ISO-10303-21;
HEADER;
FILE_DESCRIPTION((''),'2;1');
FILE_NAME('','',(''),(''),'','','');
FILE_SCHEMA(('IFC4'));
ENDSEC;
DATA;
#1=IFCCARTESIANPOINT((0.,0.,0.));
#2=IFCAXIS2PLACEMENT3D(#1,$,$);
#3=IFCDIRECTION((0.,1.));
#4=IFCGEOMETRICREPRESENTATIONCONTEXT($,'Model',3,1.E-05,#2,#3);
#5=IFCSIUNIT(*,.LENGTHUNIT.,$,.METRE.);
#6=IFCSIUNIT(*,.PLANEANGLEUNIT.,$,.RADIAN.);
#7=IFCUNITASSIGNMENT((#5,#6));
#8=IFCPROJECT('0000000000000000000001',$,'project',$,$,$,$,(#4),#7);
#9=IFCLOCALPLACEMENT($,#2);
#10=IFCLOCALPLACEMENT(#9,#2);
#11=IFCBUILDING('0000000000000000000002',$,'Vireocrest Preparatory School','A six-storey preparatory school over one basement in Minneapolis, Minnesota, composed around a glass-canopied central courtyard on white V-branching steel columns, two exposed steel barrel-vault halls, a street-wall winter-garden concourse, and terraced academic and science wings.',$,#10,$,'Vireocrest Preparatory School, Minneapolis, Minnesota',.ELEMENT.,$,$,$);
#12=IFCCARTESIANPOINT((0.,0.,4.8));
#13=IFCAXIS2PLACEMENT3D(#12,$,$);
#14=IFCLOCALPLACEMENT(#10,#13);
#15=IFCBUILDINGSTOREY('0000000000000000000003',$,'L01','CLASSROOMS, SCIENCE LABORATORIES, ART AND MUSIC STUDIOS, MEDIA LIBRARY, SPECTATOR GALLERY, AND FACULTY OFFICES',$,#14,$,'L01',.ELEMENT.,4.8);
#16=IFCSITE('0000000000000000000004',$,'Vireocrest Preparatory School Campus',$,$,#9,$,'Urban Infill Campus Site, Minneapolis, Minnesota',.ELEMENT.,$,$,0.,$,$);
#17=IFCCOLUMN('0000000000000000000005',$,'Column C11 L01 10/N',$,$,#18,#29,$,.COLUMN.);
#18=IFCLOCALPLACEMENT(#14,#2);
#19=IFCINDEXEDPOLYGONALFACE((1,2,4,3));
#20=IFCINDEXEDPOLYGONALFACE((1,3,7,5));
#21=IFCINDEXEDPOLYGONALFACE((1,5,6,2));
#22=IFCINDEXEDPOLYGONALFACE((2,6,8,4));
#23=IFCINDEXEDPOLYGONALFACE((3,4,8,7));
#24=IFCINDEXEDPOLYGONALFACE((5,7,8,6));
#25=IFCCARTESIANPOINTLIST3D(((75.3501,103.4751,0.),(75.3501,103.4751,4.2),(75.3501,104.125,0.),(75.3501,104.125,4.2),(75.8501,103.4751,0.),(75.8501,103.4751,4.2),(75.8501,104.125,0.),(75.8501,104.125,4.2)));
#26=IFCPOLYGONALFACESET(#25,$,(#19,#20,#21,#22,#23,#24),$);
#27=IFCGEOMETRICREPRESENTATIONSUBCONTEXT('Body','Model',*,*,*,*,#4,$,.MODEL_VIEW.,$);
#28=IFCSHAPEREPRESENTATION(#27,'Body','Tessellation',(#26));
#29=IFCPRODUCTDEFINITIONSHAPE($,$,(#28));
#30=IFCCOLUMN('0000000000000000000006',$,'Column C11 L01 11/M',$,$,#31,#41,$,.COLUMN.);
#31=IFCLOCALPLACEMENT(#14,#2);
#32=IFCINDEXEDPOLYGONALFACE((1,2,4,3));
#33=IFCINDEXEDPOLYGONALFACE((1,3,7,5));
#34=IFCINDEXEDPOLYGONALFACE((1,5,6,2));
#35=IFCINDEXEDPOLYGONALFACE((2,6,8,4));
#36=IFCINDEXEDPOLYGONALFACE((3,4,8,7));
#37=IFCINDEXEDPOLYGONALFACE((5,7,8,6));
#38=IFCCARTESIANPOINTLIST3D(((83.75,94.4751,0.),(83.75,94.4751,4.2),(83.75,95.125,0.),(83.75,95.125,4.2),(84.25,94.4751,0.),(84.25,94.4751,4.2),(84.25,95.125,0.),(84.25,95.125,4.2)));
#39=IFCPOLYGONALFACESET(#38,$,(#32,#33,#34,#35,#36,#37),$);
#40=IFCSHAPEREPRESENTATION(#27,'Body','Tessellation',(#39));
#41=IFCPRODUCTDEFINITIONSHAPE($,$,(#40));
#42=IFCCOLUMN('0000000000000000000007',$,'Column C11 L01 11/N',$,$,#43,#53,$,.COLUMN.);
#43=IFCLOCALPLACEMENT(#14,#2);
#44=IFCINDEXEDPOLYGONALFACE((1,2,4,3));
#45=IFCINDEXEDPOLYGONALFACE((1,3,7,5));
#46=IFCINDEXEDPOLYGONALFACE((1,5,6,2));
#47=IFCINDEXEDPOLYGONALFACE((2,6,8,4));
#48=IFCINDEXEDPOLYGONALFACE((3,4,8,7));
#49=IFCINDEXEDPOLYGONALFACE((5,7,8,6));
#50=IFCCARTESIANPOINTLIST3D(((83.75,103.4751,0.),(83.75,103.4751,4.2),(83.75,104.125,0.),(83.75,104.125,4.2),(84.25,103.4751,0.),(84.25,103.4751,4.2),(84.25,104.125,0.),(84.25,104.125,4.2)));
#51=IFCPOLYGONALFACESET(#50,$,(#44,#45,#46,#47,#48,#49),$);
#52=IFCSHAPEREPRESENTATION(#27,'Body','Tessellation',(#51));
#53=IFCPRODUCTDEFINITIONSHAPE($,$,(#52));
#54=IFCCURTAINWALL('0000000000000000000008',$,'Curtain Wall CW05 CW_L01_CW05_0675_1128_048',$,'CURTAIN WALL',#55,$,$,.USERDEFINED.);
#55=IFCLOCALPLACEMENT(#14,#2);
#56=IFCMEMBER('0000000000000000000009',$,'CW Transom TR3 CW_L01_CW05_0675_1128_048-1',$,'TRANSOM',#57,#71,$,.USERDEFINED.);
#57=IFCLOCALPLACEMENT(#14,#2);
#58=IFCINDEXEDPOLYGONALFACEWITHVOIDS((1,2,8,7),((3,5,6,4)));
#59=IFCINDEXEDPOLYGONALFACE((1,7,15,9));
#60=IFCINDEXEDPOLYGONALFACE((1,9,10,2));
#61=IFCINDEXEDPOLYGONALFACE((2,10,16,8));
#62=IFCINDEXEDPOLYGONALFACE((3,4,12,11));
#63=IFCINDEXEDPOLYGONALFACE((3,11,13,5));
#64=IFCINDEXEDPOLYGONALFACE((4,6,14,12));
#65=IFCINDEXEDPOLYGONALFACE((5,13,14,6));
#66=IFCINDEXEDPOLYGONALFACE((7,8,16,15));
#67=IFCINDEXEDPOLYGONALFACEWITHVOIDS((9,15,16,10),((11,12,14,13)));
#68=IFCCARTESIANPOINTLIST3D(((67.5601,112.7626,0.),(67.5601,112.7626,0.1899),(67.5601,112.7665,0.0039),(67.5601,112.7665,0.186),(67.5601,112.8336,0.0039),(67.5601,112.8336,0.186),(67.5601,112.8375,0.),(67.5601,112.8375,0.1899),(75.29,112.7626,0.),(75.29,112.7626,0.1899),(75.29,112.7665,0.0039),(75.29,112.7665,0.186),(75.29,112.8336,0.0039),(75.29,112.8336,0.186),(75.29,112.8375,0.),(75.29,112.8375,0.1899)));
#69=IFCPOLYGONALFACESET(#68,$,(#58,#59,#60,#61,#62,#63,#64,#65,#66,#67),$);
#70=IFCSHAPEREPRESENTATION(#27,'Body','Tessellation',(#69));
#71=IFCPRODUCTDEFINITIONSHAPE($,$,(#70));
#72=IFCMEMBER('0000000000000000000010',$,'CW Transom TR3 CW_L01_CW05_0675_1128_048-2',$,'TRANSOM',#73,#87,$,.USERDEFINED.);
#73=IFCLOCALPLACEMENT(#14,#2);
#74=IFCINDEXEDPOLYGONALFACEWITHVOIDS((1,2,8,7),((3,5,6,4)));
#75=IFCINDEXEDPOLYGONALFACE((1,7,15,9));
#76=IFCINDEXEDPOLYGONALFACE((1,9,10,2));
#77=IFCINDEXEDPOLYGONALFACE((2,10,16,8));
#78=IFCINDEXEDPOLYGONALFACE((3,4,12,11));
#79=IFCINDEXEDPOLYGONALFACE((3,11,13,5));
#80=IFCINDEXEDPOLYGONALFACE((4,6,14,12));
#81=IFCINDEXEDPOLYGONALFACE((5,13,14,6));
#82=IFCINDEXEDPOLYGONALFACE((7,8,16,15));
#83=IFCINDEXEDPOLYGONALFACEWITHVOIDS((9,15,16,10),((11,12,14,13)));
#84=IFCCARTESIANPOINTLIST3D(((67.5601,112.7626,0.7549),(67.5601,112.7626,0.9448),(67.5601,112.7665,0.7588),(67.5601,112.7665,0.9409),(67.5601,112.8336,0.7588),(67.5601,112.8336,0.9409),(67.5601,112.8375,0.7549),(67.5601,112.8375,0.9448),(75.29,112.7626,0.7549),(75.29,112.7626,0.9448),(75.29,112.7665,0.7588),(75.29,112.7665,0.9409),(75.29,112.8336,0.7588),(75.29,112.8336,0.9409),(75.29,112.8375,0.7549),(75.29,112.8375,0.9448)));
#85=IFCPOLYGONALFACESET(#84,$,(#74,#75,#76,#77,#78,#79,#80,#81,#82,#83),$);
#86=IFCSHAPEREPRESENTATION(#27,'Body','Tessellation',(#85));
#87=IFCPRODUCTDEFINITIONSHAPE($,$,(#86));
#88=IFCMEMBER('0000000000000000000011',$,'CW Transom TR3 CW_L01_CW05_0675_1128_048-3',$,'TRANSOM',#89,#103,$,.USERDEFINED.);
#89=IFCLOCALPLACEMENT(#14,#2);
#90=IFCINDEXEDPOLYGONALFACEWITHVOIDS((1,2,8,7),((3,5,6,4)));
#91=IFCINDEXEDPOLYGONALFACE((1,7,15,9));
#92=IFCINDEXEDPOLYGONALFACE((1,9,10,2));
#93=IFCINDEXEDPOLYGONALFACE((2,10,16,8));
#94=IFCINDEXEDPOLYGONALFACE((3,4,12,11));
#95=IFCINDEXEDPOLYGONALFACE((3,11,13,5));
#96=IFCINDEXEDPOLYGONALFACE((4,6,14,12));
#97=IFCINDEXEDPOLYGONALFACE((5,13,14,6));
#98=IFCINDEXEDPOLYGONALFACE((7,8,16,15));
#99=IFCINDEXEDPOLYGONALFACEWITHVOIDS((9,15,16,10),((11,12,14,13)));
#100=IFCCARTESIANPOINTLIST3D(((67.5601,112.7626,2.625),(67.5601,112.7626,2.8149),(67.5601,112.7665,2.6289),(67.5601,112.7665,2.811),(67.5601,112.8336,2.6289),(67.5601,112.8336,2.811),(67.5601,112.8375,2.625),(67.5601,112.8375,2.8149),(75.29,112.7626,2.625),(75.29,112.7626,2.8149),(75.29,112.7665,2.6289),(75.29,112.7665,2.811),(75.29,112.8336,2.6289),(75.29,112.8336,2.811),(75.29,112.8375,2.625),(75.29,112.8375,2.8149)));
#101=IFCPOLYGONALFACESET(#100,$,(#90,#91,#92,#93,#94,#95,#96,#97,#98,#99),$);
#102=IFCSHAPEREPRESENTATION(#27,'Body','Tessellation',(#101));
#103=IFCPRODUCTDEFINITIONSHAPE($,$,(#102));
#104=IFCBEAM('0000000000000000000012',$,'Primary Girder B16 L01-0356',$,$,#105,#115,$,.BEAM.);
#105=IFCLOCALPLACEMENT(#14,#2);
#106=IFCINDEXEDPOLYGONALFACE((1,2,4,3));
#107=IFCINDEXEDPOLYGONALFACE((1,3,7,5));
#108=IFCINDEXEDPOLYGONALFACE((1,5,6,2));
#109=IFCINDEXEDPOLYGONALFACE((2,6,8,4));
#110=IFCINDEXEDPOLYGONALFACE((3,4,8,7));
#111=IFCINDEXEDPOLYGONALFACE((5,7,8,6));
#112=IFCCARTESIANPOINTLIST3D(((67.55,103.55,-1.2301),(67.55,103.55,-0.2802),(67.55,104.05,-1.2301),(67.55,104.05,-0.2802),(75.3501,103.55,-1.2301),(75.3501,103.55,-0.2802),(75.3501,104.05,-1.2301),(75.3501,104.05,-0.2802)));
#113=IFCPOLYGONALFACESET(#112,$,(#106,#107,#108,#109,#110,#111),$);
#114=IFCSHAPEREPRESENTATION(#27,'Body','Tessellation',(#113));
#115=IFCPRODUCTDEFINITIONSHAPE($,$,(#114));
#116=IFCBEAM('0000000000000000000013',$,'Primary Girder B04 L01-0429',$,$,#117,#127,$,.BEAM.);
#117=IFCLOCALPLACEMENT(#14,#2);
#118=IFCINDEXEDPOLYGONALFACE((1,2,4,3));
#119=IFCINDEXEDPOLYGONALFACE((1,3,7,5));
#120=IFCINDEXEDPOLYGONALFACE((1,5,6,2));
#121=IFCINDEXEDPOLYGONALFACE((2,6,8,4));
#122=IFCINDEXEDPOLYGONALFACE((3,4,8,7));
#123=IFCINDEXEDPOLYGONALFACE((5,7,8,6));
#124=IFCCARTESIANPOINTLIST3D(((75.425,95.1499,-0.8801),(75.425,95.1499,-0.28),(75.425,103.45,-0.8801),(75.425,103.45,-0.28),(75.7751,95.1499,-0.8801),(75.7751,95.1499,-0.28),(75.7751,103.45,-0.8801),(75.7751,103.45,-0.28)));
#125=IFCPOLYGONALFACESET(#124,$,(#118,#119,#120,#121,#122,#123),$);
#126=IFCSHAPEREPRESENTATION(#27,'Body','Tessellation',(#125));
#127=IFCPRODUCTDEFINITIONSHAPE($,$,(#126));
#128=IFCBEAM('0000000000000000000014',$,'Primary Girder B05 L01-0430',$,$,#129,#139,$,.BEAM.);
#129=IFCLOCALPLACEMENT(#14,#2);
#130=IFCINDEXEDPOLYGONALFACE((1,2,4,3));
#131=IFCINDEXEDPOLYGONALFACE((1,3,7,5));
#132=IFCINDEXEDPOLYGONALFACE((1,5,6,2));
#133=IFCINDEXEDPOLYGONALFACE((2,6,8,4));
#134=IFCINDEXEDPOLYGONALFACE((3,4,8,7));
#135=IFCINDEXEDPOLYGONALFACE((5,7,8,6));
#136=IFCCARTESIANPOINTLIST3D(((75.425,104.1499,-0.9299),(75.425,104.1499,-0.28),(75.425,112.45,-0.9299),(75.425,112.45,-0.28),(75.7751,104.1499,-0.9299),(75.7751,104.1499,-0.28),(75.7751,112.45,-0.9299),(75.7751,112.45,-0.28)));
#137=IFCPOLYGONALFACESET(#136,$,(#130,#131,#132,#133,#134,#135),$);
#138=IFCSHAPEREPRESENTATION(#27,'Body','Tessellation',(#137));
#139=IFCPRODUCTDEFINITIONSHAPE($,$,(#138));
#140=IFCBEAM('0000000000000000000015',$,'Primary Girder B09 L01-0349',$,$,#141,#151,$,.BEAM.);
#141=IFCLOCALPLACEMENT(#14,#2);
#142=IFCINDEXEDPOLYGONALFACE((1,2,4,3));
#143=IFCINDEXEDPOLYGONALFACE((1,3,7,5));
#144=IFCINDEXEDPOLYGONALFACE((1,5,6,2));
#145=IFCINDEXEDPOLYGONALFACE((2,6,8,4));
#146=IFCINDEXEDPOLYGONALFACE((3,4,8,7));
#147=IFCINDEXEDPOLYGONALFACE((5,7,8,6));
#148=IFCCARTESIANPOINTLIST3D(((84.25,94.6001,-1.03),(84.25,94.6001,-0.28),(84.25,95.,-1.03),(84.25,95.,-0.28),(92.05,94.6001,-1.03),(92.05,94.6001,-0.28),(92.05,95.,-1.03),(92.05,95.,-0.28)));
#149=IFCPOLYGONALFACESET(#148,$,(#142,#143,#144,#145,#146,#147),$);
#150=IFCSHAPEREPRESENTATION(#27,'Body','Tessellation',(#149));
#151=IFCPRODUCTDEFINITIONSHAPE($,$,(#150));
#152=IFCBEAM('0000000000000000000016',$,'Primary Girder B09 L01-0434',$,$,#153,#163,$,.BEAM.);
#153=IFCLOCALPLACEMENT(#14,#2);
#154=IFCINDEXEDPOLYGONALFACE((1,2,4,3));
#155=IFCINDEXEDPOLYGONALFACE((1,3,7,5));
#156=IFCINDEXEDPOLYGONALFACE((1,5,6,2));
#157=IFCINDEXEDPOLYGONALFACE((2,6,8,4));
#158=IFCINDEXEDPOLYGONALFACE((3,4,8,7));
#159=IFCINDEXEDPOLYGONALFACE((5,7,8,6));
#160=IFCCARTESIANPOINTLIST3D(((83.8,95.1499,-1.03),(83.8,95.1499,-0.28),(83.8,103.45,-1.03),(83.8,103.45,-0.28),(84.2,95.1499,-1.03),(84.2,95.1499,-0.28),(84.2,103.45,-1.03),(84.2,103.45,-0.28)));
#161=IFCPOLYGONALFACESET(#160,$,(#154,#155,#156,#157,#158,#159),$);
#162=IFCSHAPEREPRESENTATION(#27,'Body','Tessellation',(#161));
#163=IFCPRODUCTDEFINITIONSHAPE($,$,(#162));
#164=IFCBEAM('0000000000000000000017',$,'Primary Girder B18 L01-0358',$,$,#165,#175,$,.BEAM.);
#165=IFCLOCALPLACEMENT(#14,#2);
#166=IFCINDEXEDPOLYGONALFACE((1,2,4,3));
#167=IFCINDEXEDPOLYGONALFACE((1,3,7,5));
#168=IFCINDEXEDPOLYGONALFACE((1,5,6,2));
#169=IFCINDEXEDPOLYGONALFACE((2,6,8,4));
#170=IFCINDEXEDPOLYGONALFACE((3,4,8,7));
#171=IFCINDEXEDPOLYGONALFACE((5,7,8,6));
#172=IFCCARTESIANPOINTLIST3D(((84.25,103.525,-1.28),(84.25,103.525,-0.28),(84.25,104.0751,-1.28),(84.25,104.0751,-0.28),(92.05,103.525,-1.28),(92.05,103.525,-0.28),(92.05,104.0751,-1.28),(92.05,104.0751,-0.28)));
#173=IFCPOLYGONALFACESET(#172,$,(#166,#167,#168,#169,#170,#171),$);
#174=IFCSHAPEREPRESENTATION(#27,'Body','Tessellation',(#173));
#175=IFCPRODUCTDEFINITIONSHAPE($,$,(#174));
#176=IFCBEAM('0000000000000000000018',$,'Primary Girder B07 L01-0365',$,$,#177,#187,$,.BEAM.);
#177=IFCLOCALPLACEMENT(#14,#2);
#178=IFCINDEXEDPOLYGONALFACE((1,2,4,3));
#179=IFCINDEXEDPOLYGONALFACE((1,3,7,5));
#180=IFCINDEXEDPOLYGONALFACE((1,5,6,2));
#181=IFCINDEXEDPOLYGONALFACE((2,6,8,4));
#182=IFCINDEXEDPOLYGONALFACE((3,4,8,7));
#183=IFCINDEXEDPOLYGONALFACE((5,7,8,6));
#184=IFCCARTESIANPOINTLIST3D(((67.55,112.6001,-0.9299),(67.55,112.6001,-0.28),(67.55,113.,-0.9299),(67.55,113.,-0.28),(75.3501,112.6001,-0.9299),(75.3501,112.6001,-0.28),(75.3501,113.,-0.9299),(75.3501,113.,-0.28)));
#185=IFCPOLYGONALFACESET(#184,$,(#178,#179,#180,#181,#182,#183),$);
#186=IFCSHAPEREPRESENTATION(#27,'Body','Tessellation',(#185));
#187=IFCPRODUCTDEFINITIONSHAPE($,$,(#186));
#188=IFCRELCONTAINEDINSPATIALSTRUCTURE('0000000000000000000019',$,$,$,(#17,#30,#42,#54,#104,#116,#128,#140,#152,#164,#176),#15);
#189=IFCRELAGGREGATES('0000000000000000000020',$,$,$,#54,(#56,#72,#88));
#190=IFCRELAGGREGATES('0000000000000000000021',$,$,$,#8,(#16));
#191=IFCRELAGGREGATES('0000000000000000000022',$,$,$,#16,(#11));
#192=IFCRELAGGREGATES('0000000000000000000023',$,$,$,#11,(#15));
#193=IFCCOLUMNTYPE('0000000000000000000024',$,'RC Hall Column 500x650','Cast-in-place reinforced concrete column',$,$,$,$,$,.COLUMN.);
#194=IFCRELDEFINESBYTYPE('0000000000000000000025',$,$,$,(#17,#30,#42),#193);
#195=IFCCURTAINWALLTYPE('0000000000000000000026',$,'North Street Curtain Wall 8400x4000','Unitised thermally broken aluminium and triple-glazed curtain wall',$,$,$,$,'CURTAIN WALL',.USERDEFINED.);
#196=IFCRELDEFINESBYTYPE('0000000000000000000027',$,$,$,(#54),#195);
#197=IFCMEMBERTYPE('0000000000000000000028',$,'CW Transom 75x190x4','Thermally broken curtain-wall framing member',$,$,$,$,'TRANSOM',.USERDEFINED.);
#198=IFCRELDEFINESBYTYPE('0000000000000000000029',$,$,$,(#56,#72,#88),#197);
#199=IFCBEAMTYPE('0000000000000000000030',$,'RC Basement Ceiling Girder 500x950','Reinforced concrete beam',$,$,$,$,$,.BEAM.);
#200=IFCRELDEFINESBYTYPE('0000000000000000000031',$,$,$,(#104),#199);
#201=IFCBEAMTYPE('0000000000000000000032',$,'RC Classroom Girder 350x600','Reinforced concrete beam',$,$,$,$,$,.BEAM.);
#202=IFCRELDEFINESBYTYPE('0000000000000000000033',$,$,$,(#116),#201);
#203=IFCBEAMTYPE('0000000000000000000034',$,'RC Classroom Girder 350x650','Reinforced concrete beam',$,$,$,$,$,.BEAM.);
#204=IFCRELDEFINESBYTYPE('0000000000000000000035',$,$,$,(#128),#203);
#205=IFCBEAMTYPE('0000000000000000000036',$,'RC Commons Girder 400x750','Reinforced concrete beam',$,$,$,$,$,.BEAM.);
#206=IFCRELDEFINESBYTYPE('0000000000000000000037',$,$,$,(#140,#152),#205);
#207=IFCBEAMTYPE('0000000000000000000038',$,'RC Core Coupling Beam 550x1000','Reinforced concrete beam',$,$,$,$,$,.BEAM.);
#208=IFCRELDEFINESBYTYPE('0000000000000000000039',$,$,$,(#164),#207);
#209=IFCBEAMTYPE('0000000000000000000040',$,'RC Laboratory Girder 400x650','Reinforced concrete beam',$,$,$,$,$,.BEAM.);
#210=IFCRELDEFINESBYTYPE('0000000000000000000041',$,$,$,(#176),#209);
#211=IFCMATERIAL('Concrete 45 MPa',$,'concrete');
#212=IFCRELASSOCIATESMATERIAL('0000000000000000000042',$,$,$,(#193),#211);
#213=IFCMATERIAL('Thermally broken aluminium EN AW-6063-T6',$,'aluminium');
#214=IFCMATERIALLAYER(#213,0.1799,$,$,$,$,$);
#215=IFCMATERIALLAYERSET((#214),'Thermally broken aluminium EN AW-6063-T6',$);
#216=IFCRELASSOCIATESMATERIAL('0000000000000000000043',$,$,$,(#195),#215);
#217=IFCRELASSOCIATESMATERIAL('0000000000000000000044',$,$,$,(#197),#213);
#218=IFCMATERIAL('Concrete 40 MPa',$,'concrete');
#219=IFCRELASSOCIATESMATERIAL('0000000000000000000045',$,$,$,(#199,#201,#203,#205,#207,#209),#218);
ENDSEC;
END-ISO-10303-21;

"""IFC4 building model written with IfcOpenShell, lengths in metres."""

from ifc_helpers import new_model, si_unit, direction, frame, origin, origin_2d, place, context, subcontext, project, spatial, rectangle, hollow_rectangle, extrude, material, layer, layer_set, material_profile, profile_set, type_object, element, aggregate, save


model = new_model("IFC4")

# Units and contexts
model_context = context("Model", 3, precision=1e-05, world=origin(), true_north=direction((0.0, 1.0)))
body_context = subcontext(model_context, "Body", "Model", "MODEL_VIEW")
ifc_project = project(units=[si_unit("LENGTHUNIT", "METRE"), si_unit("PLANEANGLEUNIT", "RADIAN")], contexts=[model_context])

# Site, building, storey
site_placement = place(None, origin())
site = spatial("IfcSite", under=ifc_project, at=site_placement, Name="Vireocrest Preparatory School Campus", LongName="Urban Infill Campus Site, Minneapolis, Minnesota", CompositionType="ELEMENT", RefElevation=0.0)
building_placement = place(site_placement, origin())
building = spatial("IfcBuilding", under=site, at=building_placement, Name="Vireocrest Preparatory School", Description="A six-storey preparatory school over one basement in Minneapolis, Minnesota, composed around a glass-canopied central courtyard on white V-branching steel columns, two exposed steel barrel-vault halls, a street-wall winter-garden concourse, and terraced academic and science wings.", LongName="Vireocrest Preparatory School, Minneapolis, Minnesota", CompositionType="ELEMENT")
storey_placement = place(building_placement, frame((0.0, 0.0, 4.8)))
storey = spatial("IfcBuildingStorey", under=building, at=storey_placement, Name="L01", Description="CLASSROOMS, SCIENCE LABORATORIES, ART AND MUSIC STUDIOS, MEDIA LIBRARY, SPECTATOR GALLERY, AND FACULTY OFFICES", LongName="L01", CompositionType="ELEMENT", Elevation=4.8)

# Columns
ifc_material_1 = material(Name="Concrete 45 MPa", Category="concrete")
ifc_material_profile_1 = material_profile(ifc_material_1, rectangle(XDim=0.5, YDim=0.6499, at=origin_2d()), Name="RC 500x650")
ifc_profile_set_1 = profile_set([ifc_material_profile_1], Name="Concrete 45 MPa")
column_type = type_object("IfcColumnType", Name="RC Hall Column 500x650", Description="Cast-in-place reinforced concrete column", PredefinedType="COLUMN", material=ifc_profile_set_1)
for number, where, z_axis, x_axis, name in (
    (1, (75.6001, 103.8, 0.0), (0.0, 0.0, 1.0), (1.0, 0.0, 0.0), "Column C11 L01 10/N"),
    (2, (84.0, 94.8, 0.0), (0.0, 0.0, 1.0), (1.0, 0.0, 0.0), "Column C11 L01 11/M"),
    (3, (84.0, 103.8, 0.0), (0.0, 0.0, 1.0), (1.0, 0.0, 0.0), "Column C11 L01 11/N"),
):
    element("IfcColumn", number, at=place(storey_placement, frame(where, z_axis=z_axis, x_axis=x_axis)), inside=storey, type_object=column_type, Name=name, PredefinedType="COLUMN", context=body_context, shape_type="SweptSolid", body=[
        extrude(rectangle(XDim=0.5, YDim=0.6499, at=origin_2d()), origin(), (0.0, 0.0, 1.0), 4.2),
    ])

# Curtain wall, members
ifc_material_2 = material(Name="Thermally broken aluminium EN AW-6063-T6", Category="aluminium")
ifc_layer_1 = layer(ifc_material_2, 0.1799)
ifc_layer_set_1 = layer_set([ifc_layer_1], Name="Thermally broken aluminium EN AW-6063-T6")
curtain_wall_type = type_object("IfcCurtainWallType", Name="North Street Curtain Wall 8400x4000", Description="Unitised thermally broken aluminium and triple-glazed curtain wall", ElementType="CURTAIN WALL", PredefinedType="USERDEFINED", material=ifc_layer_set_1)
curtain_wall_placement = place(storey_placement, origin())
curtain_wall = element("IfcCurtainWall", 4, at=curtain_wall_placement, inside=storey, type_object=curtain_wall_type, Name="Curtain Wall CW05 CW_L01_CW05_0675_1128_048", ObjectType="CURTAIN WALL", PredefinedType="USERDEFINED")
ifc_material_profile_2 = material_profile(ifc_material_2, hollow_rectangle(XDim=0.075, YDim=0.1899, WallThickness=0.0039, at=origin_2d()), Name="ALU 75x190x4")
ifc_profile_set_2 = profile_set([ifc_material_profile_2], Name="Thermally broken aluminium EN AW-6063-T6")
member_type = type_object("IfcMemberType", Name="CW Transom 75x190x4", Description="Thermally broken curtain-wall framing member", ElementType="TRANSOM", PredefinedType="USERDEFINED", material=ifc_profile_set_2)
member_1_placement = place(storey_placement, frame((67.5601, 112.8, 0.095), z_axis=(1.0, 0.0, 0.0), x_axis=(0.0, 1.0, 0.0)))
member_1 = element("IfcMember", 5, at=member_1_placement, type_object=member_type, Name="CW Transom TR3 CW_L01_CW05_0675_1128_048-1", ObjectType="TRANSOM", PredefinedType="USERDEFINED", context=body_context, shape_type="SweptSolid", body=[
    extrude(hollow_rectangle(XDim=0.075, YDim=0.1899, WallThickness=0.0039, at=origin_2d()), origin(), (0.0, 0.0, 1.0), 7.73),
])
member_2_placement = place(storey_placement, frame((67.5601, 112.8, 0.8499), z_axis=(1.0, 0.0, 0.0), x_axis=(0.0, 1.0, 0.0)))
member_2 = element("IfcMember", 6, at=member_2_placement, type_object=member_type, Name="CW Transom TR3 CW_L01_CW05_0675_1128_048-2", ObjectType="TRANSOM", PredefinedType="USERDEFINED", context=body_context, shape_type="SweptSolid", body=[
    extrude(hollow_rectangle(XDim=0.075, YDim=0.1899, WallThickness=0.0039, at=origin_2d()), origin(), (0.0, 0.0, 1.0), 7.73),
])
member_3_placement = place(storey_placement, frame((67.5601, 112.8, 2.72), z_axis=(1.0, 0.0, 0.0), x_axis=(0.0, 1.0, 0.0)))
member_3 = element("IfcMember", 7, at=member_3_placement, type_object=member_type, Name="CW Transom TR3 CW_L01_CW05_0675_1128_048-3", ObjectType="TRANSOM", PredefinedType="USERDEFINED", context=body_context, shape_type="SweptSolid", body=[
    extrude(hollow_rectangle(XDim=0.075, YDim=0.1899, WallThickness=0.0039, at=origin_2d()), origin(), (0.0, 0.0, 1.0), 7.73),
])
aggregate(curtain_wall, [member_1, member_2, member_3])

# Beams
ifc_material_3 = material(Name="Concrete 40 MPa", Category="concrete")
ifc_material_profile_3 = material_profile(ifc_material_3, rectangle(XDim=0.5, YDim=0.95, at=origin_2d()), Name="RC 500x950")
ifc_profile_set_3 = profile_set([ifc_material_profile_3], Name="Concrete 40 MPa")
beam_type_1 = type_object("IfcBeamType", Name="RC Basement Ceiling Girder 500x950", Description="Reinforced concrete beam", PredefinedType="BEAM", material=ifc_profile_set_3)
beam_1_placement = place(storey_placement, frame((67.55, 103.8, -0.7551), z_axis=(1.0, 0.0, 0.0), x_axis=(0.0, 1.0, 0.0)))
element("IfcBeam", 8, at=beam_1_placement, inside=storey, type_object=beam_type_1, Name="Primary Girder B16 L01-0356", PredefinedType="BEAM", context=body_context, shape_type="SweptSolid", body=[
    extrude(rectangle(XDim=0.5, YDim=0.95, at=origin_2d()), origin(), (0.0, 0.0, 1.0), 7.8),
])
ifc_material_profile_4 = material_profile(ifc_material_3, rectangle(XDim=0.3501, YDim=0.6001, at=origin_2d()), Name="RC 350x600")
ifc_profile_set_4 = profile_set([ifc_material_profile_4], Name="Concrete 40 MPa")
beam_type_2 = type_object("IfcBeamType", Name="RC Classroom Girder 350x600", Description="Reinforced concrete beam", PredefinedType="BEAM", material=ifc_profile_set_4)
beam_2_placement = place(storey_placement, frame((75.6001, 95.1499, -0.5801), z_axis=(0.0, 1.0, 0.0), x_axis=(-1.0, 0.0, 0.0)))
element("IfcBeam", 9, at=beam_2_placement, inside=storey, type_object=beam_type_2, Name="Primary Girder B04 L01-0429", PredefinedType="BEAM", context=body_context, shape_type="SweptSolid", body=[
    extrude(rectangle(XDim=0.3501, YDim=0.6001, at=origin_2d()), origin(), (0.0, 0.0, 1.0), 8.3),
])
ifc_material_profile_5 = material_profile(ifc_material_3, rectangle(XDim=0.3501, YDim=0.6499, at=origin_2d()), Name="RC 350x650")
ifc_profile_set_5 = profile_set([ifc_material_profile_5], Name="Concrete 40 MPa")
beam_type_3 = type_object("IfcBeamType", Name="RC Classroom Girder 350x650", Description="Reinforced concrete beam", PredefinedType="BEAM", material=ifc_profile_set_5)
beam_3_placement = place(storey_placement, frame((75.6001, 104.1499, -0.605), z_axis=(0.0, 1.0, 0.0), x_axis=(-1.0, 0.0, 0.0)))
element("IfcBeam", 10, at=beam_3_placement, inside=storey, type_object=beam_type_3, Name="Primary Girder B05 L01-0430", PredefinedType="BEAM", context=body_context, shape_type="SweptSolid", body=[
    extrude(rectangle(XDim=0.3501, YDim=0.6499, at=origin_2d()), origin(), (0.0, 0.0, 1.0), 8.3),
])
ifc_material_profile_6 = material_profile(ifc_material_3, rectangle(XDim=0.3999, YDim=0.75, at=origin_2d()), Name="RC 400x750")
ifc_profile_set_6 = profile_set([ifc_material_profile_6], Name="Concrete 40 MPa")
beam_type_4 = type_object("IfcBeamType", Name="RC Commons Girder 400x750", Description="Reinforced concrete beam", PredefinedType="BEAM", material=ifc_profile_set_6)
beam_4_placement = place(storey_placement, frame((84.25, 94.8, -0.655), z_axis=(1.0, 0.0, 0.0), x_axis=(0.0, 1.0, 0.0)))
element("IfcBeam", 11, at=beam_4_placement, inside=storey, type_object=beam_type_4, Name="Primary Girder B09 L01-0349", PredefinedType="BEAM", context=body_context, shape_type="SweptSolid", body=[
    extrude(rectangle(XDim=0.3999, YDim=0.75, at=origin_2d()), origin(), (0.0, 0.0, 1.0), 7.8),
])
beam_5_placement = place(storey_placement, frame((84.0, 95.1499, -0.655), z_axis=(0.0, 1.0, 0.0), x_axis=(-1.0, 0.0, 0.0)))
element("IfcBeam", 12, at=beam_5_placement, inside=storey, type_object=beam_type_4, Name="Primary Girder B09 L01-0434", PredefinedType="BEAM", context=body_context, shape_type="SweptSolid", body=[
    extrude(rectangle(XDim=0.3999, YDim=0.75, at=origin_2d()), origin(), (0.0, 0.0, 1.0), 8.3),
])
ifc_material_profile_7 = material_profile(ifc_material_3, rectangle(XDim=0.55, YDim=1.0, at=origin_2d()), Name="RC 550x1000")
ifc_profile_set_7 = profile_set([ifc_material_profile_7], Name="Concrete 40 MPa")
beam_type_5 = type_object("IfcBeamType", Name="RC Core Coupling Beam 550x1000", Description="Reinforced concrete beam", PredefinedType="BEAM", material=ifc_profile_set_7)
beam_6_placement = place(storey_placement, frame((84.25, 103.8, -0.78), z_axis=(1.0, 0.0, 0.0), x_axis=(0.0, 1.0, 0.0)))
element("IfcBeam", 13, at=beam_6_placement, inside=storey, type_object=beam_type_5, Name="Primary Girder B18 L01-0358", PredefinedType="BEAM", context=body_context, shape_type="SweptSolid", body=[
    extrude(rectangle(XDim=0.55, YDim=1.0, at=origin_2d()), origin(), (0.0, 0.0, 1.0), 7.8),
])
ifc_material_profile_8 = material_profile(ifc_material_3, rectangle(XDim=0.3999, YDim=0.6499, at=origin_2d()), Name="RC 400x650")
ifc_profile_set_8 = profile_set([ifc_material_profile_8], Name="Concrete 40 MPa")
beam_type_6 = type_object("IfcBeamType", Name="RC Laboratory Girder 400x650", Description="Reinforced concrete beam", PredefinedType="BEAM", material=ifc_profile_set_8)
beam_7_placement = place(storey_placement, frame((67.55, 112.8, -0.605), z_axis=(1.0, 0.0, 0.0), x_axis=(0.0, 1.0, 0.0)))
element("IfcBeam", 14, at=beam_7_placement, inside=storey, type_object=beam_type_6, Name="Primary Girder B07 L01-0365", PredefinedType="BEAM", context=body_context, shape_type="SweptSolid", body=[
    extrude(rectangle(XDim=0.3999, YDim=0.6499, at=origin_2d()), origin(), (0.0, 0.0, 1.0), 7.8),
])

save(model, "model.ifc")
